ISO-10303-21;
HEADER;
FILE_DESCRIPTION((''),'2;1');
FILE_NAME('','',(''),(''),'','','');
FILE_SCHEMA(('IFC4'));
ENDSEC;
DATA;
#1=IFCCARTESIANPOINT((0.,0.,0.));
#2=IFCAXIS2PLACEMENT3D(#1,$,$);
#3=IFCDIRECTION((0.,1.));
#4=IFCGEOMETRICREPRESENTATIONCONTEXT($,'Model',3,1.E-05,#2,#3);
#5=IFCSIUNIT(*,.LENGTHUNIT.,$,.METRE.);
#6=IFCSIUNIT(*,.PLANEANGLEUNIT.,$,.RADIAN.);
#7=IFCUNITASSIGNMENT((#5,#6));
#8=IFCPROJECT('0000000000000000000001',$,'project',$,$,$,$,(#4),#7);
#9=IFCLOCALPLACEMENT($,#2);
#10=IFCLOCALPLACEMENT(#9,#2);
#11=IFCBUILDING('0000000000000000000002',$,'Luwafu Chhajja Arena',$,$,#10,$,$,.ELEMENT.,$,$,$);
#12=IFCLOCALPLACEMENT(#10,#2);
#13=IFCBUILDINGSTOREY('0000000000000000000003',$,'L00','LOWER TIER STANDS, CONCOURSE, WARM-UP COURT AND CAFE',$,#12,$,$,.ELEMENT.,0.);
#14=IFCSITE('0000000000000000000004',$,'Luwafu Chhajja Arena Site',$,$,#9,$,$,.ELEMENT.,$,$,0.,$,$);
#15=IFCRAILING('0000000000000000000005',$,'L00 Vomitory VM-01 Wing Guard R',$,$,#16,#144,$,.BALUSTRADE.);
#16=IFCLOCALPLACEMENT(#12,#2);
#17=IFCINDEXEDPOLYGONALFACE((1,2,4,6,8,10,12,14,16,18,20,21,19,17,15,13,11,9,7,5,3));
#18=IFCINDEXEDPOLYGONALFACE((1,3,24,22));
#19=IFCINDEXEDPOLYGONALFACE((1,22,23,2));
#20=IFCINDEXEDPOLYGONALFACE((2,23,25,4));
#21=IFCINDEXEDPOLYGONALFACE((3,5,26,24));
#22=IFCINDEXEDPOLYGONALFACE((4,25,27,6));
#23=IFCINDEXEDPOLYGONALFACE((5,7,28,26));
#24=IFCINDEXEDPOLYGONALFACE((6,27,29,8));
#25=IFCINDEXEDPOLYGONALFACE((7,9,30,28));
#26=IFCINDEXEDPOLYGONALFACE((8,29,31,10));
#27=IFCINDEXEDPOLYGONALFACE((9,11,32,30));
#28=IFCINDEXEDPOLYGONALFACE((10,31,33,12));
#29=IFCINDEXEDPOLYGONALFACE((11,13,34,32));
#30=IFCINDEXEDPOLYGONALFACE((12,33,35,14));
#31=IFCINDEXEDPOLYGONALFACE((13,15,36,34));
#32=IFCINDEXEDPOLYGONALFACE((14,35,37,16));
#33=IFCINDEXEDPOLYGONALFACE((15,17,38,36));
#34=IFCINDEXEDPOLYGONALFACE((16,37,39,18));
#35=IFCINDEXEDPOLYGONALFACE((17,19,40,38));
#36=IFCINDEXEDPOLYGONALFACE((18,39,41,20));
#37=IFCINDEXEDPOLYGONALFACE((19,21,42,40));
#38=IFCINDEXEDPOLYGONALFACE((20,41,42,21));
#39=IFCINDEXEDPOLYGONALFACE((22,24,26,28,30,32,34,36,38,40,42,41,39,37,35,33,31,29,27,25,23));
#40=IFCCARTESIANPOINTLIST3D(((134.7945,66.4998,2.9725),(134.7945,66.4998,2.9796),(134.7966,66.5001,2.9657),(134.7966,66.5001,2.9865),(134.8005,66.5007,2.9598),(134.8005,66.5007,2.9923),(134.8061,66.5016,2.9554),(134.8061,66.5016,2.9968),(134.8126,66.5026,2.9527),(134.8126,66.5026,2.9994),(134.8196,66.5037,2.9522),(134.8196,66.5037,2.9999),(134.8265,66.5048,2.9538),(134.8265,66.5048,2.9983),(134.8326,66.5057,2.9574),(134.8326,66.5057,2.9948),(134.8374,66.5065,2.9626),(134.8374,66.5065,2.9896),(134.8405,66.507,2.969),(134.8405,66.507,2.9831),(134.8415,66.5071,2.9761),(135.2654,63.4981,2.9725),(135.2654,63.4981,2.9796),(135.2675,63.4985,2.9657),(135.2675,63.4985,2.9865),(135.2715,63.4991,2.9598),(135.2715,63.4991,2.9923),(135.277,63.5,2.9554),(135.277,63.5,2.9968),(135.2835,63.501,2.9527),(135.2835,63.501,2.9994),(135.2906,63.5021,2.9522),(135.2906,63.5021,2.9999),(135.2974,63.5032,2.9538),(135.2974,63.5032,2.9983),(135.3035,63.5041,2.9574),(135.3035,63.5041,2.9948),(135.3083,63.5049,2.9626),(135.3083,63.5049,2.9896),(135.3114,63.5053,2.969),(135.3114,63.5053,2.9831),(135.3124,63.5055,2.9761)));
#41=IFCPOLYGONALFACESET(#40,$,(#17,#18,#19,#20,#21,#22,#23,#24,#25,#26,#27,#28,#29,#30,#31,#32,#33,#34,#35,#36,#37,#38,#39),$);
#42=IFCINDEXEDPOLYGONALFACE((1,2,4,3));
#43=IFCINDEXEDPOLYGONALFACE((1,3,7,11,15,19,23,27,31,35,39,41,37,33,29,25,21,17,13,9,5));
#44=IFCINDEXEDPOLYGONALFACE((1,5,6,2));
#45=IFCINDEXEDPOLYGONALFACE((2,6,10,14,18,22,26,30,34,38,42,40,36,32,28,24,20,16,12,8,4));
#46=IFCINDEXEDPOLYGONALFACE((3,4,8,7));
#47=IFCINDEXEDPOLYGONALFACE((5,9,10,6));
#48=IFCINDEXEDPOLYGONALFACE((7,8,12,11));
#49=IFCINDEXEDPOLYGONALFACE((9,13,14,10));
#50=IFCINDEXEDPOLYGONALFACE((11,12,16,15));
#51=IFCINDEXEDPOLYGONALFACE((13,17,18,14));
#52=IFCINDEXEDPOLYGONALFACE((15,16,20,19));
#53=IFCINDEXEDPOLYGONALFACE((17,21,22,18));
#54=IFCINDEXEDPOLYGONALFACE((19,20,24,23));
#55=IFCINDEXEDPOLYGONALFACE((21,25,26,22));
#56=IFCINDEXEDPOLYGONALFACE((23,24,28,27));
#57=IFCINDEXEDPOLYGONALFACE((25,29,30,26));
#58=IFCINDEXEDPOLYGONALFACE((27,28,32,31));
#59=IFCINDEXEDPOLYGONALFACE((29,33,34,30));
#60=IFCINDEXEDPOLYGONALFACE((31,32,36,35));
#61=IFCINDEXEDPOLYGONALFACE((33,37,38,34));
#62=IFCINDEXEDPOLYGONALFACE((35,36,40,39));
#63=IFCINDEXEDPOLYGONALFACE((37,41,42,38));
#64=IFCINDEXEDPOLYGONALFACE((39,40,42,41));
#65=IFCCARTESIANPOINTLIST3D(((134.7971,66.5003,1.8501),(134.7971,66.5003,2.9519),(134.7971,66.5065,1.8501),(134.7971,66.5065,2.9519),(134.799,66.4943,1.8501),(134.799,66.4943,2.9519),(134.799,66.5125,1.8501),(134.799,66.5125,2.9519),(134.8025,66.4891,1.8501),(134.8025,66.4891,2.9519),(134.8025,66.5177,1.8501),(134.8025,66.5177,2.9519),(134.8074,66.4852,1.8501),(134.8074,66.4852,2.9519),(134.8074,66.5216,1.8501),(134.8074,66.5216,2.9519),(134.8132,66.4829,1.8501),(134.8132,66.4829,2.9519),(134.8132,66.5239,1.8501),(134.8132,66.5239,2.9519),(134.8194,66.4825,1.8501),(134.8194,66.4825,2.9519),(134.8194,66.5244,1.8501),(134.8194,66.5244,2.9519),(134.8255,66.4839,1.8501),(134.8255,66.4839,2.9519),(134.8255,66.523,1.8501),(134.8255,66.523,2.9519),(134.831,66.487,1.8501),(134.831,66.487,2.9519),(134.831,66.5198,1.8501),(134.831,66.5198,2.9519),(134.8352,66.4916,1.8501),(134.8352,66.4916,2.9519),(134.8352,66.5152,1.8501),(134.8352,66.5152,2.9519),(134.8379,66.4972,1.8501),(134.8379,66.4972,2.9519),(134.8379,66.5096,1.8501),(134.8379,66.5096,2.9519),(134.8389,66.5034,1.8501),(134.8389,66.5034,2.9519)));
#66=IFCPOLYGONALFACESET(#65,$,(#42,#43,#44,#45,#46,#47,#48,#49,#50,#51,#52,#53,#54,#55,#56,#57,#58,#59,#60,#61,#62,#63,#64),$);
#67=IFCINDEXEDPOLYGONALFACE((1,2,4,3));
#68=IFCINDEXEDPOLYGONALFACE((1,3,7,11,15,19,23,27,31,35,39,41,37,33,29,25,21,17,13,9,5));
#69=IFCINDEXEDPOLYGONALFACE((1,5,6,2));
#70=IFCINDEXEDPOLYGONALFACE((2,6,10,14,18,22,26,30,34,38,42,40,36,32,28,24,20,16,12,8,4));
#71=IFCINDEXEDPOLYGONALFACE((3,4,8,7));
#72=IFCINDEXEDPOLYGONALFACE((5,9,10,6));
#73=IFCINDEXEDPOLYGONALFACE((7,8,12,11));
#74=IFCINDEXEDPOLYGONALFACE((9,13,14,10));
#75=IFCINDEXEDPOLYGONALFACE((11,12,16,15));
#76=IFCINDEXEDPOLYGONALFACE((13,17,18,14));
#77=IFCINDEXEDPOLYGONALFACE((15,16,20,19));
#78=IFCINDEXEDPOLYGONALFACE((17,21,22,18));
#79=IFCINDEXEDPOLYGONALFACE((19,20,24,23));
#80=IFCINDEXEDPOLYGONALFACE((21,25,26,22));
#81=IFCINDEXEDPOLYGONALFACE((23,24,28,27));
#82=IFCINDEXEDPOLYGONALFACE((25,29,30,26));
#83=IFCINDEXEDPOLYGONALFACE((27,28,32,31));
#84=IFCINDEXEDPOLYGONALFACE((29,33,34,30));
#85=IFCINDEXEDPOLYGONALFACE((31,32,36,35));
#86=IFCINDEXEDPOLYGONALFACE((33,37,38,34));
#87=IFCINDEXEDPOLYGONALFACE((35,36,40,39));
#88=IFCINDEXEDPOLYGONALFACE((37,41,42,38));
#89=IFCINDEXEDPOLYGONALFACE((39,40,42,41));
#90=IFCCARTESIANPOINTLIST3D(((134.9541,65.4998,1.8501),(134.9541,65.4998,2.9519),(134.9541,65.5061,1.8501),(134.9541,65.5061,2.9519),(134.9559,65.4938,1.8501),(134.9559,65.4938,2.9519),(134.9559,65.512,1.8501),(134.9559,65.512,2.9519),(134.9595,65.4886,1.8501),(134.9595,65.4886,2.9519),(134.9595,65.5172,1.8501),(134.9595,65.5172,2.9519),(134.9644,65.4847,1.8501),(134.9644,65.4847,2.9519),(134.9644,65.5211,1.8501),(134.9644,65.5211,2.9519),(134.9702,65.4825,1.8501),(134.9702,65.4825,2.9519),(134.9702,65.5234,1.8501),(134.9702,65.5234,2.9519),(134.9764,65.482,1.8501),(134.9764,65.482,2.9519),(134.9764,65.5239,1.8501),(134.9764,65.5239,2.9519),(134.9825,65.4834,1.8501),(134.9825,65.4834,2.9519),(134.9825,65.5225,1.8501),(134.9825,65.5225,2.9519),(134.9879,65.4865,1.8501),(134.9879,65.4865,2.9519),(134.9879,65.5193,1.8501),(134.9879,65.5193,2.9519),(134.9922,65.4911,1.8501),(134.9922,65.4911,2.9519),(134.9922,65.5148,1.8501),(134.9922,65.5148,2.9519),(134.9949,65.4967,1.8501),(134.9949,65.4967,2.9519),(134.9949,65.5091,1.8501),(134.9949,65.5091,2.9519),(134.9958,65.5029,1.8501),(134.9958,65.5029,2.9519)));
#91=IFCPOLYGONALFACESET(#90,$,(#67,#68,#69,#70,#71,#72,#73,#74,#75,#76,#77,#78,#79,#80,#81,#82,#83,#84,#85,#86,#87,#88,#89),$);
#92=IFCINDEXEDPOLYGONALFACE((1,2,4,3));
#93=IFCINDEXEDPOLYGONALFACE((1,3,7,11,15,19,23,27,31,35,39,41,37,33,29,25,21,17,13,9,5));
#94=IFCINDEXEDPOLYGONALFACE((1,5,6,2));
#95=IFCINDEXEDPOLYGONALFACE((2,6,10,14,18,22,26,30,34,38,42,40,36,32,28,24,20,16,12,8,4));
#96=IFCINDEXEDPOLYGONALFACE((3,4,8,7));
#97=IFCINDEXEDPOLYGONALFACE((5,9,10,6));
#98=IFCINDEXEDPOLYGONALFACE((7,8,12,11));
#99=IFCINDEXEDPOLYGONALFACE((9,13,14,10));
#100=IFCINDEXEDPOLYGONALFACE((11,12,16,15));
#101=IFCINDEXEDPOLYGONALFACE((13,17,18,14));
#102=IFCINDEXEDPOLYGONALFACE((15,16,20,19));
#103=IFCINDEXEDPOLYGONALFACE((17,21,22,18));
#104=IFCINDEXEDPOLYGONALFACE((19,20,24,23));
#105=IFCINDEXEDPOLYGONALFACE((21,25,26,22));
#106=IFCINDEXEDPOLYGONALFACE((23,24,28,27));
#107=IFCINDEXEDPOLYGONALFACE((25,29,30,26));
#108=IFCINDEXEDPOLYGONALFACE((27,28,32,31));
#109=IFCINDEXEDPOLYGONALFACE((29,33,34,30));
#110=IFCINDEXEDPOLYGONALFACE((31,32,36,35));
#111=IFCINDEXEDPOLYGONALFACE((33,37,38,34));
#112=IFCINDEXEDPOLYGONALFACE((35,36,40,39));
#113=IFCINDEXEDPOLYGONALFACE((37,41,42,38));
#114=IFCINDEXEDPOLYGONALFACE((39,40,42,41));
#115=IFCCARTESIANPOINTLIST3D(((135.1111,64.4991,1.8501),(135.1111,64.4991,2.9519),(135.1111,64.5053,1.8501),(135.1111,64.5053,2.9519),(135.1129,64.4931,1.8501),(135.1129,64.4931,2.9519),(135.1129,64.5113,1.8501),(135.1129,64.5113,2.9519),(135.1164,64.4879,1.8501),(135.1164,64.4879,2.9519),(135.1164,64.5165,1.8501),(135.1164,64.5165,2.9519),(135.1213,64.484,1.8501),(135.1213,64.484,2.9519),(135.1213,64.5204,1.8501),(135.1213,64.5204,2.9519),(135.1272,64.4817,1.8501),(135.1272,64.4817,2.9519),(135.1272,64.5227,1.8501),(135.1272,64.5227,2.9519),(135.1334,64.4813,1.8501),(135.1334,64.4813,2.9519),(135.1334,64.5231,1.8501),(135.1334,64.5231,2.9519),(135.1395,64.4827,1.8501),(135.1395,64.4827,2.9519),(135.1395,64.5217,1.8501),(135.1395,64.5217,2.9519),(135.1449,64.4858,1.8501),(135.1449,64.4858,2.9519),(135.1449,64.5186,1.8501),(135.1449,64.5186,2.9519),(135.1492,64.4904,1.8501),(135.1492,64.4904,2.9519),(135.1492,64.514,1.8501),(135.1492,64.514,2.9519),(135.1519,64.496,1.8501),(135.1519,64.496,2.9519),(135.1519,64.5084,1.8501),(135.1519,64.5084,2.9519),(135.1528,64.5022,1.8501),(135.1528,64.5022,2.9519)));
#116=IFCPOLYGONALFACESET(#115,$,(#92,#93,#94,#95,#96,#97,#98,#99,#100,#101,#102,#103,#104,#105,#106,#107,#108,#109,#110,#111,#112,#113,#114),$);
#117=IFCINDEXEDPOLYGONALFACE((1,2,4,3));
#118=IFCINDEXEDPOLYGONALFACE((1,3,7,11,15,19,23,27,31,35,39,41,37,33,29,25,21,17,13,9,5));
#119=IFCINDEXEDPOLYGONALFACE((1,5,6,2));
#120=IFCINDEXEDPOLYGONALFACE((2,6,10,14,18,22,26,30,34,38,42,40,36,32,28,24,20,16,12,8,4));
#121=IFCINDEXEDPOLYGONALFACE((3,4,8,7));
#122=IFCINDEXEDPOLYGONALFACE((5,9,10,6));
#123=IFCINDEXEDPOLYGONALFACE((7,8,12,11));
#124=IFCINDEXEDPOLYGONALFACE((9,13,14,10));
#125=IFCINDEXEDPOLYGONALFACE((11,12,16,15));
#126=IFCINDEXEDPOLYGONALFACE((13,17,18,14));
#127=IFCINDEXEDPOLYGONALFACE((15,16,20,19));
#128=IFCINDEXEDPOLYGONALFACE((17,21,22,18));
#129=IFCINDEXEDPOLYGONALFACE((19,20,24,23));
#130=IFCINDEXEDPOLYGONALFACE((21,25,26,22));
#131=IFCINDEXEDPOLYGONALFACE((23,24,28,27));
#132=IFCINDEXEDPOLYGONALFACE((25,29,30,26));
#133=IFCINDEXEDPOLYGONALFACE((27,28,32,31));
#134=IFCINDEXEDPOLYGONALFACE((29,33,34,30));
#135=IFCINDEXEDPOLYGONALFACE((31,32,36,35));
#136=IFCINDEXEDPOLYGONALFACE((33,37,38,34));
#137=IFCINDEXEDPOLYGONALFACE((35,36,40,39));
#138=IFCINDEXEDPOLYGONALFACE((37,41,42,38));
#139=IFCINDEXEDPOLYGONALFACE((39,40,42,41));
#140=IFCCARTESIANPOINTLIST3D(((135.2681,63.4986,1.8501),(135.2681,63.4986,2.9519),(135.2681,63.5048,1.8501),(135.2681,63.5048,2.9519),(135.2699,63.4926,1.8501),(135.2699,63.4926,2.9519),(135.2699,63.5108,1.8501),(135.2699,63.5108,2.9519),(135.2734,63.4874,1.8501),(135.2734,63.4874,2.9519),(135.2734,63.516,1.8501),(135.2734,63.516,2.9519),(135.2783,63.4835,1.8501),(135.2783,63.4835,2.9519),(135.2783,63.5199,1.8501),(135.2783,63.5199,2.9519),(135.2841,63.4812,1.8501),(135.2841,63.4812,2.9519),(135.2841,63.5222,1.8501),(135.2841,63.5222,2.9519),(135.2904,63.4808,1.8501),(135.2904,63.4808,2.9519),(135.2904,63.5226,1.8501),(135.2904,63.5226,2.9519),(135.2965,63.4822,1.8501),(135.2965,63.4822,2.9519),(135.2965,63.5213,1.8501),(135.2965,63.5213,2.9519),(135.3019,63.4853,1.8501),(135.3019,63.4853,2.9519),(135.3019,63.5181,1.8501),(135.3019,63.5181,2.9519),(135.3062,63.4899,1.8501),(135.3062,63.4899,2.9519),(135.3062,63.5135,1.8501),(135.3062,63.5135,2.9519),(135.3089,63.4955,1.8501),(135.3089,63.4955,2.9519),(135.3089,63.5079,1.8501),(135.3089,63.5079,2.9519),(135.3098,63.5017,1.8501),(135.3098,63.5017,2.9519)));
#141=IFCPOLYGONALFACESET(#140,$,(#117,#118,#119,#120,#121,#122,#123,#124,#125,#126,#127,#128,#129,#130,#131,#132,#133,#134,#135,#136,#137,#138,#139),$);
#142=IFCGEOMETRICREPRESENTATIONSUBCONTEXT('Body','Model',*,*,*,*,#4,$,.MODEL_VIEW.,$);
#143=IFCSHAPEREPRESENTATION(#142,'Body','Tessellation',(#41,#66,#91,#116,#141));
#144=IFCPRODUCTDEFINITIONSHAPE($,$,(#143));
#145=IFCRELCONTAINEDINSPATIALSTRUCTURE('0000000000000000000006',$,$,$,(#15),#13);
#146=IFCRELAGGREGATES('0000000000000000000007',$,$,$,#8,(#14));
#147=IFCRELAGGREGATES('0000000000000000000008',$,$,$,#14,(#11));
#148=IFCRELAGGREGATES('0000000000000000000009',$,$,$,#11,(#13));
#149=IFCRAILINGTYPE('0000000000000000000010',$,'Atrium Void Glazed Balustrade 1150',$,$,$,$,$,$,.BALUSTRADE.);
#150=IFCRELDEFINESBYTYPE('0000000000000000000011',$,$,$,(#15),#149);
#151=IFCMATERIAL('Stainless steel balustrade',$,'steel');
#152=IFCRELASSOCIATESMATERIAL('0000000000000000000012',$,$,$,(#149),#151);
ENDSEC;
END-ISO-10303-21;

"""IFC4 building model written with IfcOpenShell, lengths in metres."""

from ifc_helpers import new_model, si_unit, direction, frame, origin, origin_2d, place, context, subcontext, project, spatial, circle, extrude, material, type_object, element, save


model = new_model("IFC4")

# Units and contexts
model_context = context("Model", 3, precision=1e-05, world=origin(), true_north=direction((0.0, 1.0)))
body_context = subcontext(model_context, "Body", "Model", "MODEL_VIEW")
ifc_project = project(units=[si_unit("LENGTHUNIT", "METRE"), si_unit("PLANEANGLEUNIT", "RADIAN")], contexts=[model_context])

# Site, building, storey
site_placement = place(None, origin())
site = spatial("IfcSite", under=ifc_project, at=site_placement, Name="Luwafu Chhajja Arena Site", CompositionType="ELEMENT", RefElevation=0.0)
building_placement = place(site_placement, origin())
building = spatial("IfcBuilding", under=site, at=building_placement, Name="Luwafu Chhajja Arena", CompositionType="ELEMENT")
storey_placement = place(building_placement, origin())
storey = spatial("IfcBuildingStorey", under=building, at=storey_placement, Name="L00", Description="LOWER TIER STANDS, CONCOURSE, WARM-UP COURT AND CAFE", CompositionType="ELEMENT", Elevation=0.0)

# Railing
ifc_material_1 = material(Name="Stainless steel balustrade", Category="steel")
railing_type_1 = type_object("IfcRailingType", Name="Atrium Void Glazed Balustrade 1150", PredefinedType="BALUSTRADE", material=ifc_material_1)
for number, where, name in (
    (1, (134.8179, 66.5034, 1.8501), "L00 Vomitory VM-01 Wing Guard R"),
):
    element("IfcRailing", number, at=place(storey_placement, frame(where)), inside=storey, type_object=railing_type_1, Name=name, PredefinedType="BALUSTRADE", context=body_context, shape_type="SweptSolid", body=[
        extrude(circle(Radius=0.0239, at=origin_2d()), frame((0.0, 0.0, 1.126), z_axis=(0.154997, -0.987915, 0.0), x_axis=(0.987915, 0.154997, 0.0)), (0.0, 0.0, 1.0), 3.0383),
        extrude(circle(Radius=0.021, at=origin_2d()), origin(), (0.0, 0.0, 1.0), 1.1018),
        extrude(circle(Radius=0.021, at=origin_2d()), frame((0.157, -1.0005, 0.0)), (0.0, 0.0, 1.0), 1.1018),
        extrude(circle(Radius=0.021, at=origin_2d()), frame((0.314, -2.0012, 0.0)), (0.0, 0.0, 1.0), 1.1018),
        extrude(circle(Radius=0.021, at=origin_2d()), frame((0.4709, -3.0017, 0.0)), (0.0, 0.0, 1.0), 1.1018),
    ])

save(model, "model.ifc")
